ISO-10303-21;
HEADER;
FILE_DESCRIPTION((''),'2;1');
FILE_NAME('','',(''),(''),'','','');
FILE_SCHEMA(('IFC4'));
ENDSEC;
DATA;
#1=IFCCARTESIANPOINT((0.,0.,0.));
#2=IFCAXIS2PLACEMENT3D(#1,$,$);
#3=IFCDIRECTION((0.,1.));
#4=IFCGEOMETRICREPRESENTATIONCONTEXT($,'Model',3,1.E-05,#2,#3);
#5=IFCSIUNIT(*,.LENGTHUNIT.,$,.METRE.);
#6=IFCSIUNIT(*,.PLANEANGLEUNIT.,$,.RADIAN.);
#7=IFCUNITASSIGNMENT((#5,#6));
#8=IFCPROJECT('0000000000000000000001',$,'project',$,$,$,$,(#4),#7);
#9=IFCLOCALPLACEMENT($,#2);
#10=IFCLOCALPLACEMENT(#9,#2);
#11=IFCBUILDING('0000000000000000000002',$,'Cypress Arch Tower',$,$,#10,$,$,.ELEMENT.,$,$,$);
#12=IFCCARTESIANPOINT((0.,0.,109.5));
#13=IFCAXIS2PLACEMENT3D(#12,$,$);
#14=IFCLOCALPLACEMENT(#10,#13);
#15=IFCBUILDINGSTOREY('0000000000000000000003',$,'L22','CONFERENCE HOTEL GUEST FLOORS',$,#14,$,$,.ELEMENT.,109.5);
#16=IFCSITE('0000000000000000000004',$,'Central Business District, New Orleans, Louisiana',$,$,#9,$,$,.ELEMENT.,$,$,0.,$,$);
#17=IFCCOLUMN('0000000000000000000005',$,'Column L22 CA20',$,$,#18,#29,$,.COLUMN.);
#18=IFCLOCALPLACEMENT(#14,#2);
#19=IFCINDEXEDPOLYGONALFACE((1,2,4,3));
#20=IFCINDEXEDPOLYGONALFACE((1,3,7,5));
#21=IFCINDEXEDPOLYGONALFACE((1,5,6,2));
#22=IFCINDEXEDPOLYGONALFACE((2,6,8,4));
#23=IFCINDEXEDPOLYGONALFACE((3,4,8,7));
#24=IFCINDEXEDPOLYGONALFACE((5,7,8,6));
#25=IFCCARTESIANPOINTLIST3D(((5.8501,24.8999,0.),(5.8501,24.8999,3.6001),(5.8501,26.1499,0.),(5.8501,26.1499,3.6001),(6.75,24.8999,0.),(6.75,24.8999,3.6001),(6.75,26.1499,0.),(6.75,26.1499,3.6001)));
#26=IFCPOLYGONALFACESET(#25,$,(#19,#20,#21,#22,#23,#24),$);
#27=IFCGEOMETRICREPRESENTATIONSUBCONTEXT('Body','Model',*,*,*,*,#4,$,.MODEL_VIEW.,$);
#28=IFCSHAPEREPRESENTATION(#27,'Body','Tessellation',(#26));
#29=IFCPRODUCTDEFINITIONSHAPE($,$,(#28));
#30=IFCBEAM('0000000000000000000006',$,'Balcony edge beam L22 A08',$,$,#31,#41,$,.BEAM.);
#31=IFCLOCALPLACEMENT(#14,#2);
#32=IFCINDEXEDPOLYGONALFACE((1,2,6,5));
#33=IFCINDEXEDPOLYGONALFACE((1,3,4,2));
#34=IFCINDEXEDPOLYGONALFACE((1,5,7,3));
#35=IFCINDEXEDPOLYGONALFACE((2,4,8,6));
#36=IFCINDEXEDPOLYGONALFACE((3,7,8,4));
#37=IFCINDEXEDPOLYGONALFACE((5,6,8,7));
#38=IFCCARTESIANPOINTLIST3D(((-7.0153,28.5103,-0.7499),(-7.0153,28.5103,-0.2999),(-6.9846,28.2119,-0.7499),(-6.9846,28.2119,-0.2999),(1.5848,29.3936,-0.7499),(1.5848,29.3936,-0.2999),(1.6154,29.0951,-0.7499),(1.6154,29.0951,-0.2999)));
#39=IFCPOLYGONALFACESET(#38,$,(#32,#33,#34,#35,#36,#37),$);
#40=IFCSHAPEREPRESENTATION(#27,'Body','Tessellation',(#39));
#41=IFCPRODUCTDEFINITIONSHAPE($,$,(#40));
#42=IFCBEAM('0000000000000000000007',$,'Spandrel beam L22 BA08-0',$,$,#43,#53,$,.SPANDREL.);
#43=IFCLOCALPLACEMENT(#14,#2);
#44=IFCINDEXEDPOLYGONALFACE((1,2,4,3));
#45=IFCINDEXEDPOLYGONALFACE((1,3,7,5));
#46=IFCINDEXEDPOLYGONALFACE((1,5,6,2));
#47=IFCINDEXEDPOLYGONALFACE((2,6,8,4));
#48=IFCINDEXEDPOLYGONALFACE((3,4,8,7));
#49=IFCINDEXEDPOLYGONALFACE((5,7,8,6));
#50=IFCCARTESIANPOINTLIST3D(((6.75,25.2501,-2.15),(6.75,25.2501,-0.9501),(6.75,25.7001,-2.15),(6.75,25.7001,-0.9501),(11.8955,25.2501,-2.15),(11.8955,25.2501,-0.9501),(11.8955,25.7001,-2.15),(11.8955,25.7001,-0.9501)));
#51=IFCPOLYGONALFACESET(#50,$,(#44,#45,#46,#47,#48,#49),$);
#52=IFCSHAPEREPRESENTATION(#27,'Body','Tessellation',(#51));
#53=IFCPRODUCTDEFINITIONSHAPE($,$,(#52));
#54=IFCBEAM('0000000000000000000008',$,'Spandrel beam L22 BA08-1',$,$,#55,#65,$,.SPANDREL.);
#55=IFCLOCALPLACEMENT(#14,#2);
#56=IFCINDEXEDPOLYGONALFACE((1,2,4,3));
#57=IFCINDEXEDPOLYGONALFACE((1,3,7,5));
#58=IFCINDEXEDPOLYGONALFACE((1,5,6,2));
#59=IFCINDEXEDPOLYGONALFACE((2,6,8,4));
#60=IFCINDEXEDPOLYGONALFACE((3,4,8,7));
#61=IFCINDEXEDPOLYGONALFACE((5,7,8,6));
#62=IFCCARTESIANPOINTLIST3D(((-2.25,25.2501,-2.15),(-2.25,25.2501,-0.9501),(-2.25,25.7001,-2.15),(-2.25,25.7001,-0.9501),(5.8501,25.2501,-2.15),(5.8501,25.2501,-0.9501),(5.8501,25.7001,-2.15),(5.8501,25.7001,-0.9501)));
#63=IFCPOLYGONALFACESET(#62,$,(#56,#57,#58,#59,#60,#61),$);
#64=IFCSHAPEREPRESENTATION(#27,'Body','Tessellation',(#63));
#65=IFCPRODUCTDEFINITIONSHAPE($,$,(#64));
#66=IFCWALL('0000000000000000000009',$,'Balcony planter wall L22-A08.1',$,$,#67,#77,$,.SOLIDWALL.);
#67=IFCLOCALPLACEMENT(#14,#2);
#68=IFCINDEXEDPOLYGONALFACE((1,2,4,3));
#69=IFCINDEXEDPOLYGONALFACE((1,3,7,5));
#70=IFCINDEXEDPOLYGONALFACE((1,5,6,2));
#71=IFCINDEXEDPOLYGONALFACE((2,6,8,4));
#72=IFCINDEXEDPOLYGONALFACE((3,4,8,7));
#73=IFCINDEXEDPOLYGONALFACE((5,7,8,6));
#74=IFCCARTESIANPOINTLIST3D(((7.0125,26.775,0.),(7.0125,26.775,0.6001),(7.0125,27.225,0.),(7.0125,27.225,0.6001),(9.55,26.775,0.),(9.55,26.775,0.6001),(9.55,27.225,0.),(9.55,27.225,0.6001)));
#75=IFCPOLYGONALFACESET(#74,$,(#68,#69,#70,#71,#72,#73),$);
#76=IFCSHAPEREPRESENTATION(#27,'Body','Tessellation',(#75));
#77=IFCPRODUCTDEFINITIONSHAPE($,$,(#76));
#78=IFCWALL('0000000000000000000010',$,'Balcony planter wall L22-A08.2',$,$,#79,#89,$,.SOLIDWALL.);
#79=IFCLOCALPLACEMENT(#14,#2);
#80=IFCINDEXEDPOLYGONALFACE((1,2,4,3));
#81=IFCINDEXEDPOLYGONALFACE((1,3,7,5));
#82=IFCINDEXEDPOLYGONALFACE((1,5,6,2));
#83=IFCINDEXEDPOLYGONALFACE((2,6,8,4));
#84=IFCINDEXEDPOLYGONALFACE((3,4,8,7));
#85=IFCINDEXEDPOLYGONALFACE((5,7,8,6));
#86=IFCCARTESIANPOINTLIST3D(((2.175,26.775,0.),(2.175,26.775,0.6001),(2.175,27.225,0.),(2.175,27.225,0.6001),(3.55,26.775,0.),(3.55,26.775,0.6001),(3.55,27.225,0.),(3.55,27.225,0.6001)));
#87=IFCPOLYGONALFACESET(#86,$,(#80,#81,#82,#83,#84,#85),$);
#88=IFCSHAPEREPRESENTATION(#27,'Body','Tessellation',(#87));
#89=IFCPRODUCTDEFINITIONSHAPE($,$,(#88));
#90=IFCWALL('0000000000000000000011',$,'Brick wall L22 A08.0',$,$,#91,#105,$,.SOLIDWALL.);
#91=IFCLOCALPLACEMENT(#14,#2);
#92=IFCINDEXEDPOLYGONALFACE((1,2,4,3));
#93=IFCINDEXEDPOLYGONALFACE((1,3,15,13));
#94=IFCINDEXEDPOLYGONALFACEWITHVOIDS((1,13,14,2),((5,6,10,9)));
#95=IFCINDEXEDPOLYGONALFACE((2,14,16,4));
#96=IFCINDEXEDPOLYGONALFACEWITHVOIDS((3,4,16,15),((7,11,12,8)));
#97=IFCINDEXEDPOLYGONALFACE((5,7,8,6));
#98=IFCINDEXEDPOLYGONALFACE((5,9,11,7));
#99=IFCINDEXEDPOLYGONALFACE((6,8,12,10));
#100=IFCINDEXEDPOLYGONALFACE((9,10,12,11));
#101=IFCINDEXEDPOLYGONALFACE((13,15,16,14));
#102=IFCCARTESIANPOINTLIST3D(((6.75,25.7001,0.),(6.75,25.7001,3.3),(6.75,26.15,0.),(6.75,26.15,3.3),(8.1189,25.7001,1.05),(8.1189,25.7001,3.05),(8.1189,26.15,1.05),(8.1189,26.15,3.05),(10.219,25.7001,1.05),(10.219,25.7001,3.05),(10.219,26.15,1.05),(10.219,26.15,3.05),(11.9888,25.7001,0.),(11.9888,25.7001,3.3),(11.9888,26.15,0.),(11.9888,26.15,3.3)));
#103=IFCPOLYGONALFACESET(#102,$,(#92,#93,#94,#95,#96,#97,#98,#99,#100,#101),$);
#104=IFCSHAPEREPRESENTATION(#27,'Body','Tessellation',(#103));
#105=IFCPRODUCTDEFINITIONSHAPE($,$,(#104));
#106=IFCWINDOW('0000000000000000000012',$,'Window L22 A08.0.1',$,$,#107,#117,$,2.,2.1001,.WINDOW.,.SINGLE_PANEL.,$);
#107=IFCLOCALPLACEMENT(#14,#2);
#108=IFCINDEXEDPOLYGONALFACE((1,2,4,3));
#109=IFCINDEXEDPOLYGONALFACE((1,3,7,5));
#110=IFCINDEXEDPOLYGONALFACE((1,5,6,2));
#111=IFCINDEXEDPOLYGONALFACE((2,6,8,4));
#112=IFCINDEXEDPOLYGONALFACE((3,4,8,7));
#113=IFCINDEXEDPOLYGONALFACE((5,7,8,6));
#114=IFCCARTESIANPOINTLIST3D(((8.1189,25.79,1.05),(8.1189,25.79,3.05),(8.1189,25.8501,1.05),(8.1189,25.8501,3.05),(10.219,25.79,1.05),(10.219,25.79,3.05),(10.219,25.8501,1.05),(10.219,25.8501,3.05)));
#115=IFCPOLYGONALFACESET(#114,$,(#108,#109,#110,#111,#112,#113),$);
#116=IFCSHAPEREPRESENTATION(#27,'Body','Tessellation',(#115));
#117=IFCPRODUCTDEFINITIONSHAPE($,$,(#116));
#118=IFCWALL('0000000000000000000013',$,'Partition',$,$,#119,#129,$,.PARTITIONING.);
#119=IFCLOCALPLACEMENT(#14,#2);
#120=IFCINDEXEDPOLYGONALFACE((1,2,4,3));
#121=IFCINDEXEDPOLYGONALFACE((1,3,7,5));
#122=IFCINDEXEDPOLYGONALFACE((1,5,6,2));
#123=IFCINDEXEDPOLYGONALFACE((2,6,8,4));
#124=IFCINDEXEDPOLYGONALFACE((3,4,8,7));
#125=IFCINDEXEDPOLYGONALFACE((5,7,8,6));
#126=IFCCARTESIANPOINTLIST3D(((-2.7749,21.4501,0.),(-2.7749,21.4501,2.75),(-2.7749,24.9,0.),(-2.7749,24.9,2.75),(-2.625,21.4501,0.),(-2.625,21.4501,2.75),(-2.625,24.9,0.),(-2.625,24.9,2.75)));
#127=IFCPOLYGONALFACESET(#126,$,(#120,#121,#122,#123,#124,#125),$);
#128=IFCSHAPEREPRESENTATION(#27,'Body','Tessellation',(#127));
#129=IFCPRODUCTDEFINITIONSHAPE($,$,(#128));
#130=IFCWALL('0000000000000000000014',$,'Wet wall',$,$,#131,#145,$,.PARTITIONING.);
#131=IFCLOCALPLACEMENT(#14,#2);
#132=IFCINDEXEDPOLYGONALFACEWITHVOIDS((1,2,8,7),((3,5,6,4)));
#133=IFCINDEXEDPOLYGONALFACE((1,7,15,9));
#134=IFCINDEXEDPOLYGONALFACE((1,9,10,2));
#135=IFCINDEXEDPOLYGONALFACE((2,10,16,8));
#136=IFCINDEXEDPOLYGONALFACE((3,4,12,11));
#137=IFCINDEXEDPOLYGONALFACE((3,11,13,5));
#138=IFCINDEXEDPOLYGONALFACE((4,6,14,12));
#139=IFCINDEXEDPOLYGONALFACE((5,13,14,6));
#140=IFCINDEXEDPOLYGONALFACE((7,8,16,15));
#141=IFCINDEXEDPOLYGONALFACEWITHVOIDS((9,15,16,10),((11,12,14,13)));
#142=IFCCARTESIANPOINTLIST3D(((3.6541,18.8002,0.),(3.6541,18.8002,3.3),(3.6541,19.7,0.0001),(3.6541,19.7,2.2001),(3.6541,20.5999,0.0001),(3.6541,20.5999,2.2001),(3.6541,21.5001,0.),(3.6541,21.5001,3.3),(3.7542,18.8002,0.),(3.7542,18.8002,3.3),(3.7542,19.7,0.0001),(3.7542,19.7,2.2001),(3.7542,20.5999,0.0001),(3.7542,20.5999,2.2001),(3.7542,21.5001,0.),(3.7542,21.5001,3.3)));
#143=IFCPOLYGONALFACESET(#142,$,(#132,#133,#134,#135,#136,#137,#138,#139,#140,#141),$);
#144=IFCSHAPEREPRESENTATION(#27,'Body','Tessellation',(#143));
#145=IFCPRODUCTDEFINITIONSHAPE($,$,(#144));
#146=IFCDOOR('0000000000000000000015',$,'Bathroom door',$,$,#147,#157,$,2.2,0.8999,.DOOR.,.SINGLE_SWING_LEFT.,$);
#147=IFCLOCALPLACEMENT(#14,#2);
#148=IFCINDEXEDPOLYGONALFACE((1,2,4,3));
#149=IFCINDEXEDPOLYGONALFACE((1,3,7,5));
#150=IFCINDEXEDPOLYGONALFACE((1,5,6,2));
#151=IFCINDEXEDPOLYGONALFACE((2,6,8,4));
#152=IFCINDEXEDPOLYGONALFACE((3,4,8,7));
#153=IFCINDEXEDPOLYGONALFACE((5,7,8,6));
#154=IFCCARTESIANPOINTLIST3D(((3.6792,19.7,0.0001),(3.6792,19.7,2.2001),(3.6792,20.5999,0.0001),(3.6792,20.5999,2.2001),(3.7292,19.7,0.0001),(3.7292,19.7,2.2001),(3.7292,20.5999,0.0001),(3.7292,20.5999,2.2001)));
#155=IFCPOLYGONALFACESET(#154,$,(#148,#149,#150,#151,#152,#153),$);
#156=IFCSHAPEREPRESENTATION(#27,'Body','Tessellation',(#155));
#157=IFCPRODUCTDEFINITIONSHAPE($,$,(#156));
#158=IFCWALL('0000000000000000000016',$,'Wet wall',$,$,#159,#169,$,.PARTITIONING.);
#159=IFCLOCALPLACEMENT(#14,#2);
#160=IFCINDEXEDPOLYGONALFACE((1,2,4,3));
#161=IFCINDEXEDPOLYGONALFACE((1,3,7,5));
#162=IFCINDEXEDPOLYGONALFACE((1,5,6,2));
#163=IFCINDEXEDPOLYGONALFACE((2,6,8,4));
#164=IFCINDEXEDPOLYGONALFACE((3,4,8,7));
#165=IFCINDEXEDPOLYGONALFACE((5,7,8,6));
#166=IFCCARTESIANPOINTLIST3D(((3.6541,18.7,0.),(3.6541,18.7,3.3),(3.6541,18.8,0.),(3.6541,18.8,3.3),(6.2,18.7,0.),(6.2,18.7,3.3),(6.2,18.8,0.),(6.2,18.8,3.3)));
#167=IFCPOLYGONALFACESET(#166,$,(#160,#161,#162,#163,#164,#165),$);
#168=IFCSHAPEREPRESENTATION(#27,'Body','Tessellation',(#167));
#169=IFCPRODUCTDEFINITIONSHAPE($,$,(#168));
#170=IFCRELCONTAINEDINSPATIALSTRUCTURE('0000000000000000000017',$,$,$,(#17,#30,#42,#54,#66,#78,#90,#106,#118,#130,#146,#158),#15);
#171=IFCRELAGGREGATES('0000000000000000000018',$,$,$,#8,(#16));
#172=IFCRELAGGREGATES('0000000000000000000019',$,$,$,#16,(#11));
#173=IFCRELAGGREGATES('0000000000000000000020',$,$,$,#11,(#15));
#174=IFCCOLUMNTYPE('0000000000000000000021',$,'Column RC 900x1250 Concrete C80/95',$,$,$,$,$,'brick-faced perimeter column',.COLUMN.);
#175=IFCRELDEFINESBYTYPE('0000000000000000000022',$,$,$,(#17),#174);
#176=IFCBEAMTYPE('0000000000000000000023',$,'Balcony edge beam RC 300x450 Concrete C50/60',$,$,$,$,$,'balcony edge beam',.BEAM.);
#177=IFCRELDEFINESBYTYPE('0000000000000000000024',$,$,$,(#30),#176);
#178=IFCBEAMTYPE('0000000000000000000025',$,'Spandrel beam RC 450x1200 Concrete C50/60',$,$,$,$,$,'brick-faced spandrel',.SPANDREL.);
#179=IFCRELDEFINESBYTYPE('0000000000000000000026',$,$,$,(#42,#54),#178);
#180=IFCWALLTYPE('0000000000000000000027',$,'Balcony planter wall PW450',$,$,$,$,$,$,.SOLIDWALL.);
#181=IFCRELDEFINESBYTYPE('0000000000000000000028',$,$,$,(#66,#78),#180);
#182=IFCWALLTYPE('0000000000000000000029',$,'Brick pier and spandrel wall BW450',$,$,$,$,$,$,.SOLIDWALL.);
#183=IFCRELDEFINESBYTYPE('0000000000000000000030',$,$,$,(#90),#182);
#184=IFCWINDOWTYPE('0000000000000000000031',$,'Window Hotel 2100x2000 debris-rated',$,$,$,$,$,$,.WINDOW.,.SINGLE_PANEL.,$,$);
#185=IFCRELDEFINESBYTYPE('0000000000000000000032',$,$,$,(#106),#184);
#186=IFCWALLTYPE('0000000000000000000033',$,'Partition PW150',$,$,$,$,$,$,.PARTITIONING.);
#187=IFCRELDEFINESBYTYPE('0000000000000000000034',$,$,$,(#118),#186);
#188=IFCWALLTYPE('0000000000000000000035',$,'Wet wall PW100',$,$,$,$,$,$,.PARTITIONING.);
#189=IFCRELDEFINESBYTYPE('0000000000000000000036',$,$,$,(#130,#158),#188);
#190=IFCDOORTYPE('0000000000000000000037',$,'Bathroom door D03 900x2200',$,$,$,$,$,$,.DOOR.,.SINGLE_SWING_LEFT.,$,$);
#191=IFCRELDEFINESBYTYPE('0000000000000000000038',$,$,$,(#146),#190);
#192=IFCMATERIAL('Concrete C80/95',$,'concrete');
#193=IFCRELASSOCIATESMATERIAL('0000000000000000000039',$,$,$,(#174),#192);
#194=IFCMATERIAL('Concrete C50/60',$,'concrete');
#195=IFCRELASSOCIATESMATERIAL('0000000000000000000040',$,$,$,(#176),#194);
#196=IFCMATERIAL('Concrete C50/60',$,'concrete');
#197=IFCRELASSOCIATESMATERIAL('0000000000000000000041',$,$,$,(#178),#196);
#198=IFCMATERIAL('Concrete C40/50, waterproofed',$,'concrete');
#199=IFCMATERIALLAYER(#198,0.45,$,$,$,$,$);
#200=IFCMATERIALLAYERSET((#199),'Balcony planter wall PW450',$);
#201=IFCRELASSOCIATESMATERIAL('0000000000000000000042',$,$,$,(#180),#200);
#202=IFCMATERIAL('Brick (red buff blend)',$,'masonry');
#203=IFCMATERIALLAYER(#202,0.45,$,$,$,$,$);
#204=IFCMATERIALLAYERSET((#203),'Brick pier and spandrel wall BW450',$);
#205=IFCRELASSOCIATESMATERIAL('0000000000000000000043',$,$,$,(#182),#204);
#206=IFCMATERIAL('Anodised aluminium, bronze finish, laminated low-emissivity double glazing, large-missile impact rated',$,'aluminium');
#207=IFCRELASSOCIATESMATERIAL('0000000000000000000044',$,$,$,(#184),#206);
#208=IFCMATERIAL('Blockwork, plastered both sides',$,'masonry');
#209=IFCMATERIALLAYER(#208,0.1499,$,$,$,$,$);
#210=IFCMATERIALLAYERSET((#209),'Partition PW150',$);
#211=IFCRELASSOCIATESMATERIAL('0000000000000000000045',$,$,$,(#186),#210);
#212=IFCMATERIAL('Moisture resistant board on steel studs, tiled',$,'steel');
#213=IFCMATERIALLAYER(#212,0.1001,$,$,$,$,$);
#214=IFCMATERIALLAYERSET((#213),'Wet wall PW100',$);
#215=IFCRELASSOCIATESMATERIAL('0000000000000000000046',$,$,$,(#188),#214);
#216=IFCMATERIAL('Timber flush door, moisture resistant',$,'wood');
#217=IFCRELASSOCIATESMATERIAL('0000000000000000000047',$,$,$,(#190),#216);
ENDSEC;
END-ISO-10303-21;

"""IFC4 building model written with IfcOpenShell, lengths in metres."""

from ifc_helpers import new_model, si_unit, direction, frame, frame_2d, origin, origin_2d, place, context, subcontext, project, spatial, rectangle, extrude, material, layer, layer_set, material_profile, profile_set, type_object, element, fill, save


model = new_model("IFC4")

# Units and contexts
model_context = context("Model", 3, precision=1e-05, world=origin(), true_north=direction((0.0, 1.0)))
body_context = subcontext(model_context, "Body", "Model", "MODEL_VIEW")
ifc_project = project(units=[si_unit("LENGTHUNIT", "METRE"), si_unit("PLANEANGLEUNIT", "RADIAN")], contexts=[model_context])

# Site, building, storey
site_placement = place(None, origin())
site = spatial("IfcSite", under=ifc_project, at=site_placement, Name="Central Business District, New Orleans, Louisiana", CompositionType="ELEMENT", RefElevation=0.0)
building_placement = place(site_placement, origin())
building = spatial("IfcBuilding", under=site, at=building_placement, Name="Cypress Arch Tower", CompositionType="ELEMENT")
storey_placement = place(building_placement, frame((0.0, 0.0, 109.5)))
storey = spatial("IfcBuildingStorey", under=building, at=storey_placement, Name="L22", Description="CONFERENCE HOTEL GUEST FLOORS", CompositionType="ELEMENT", Elevation=109.5)

# Column
ifc_material_1 = material(Name="Concrete C80/95", Category="concrete")
ifc_material_profile_1 = material_profile(ifc_material_1, rectangle(XDim=0.8999, YDim=1.25, at=origin_2d()), Name="RC 900x1250")
ifc_profile_set_1 = profile_set([ifc_material_profile_1], Name="Concrete C80/95")
column_type = type_object("IfcColumnType", Name="Column RC 900x1250 Concrete C80/95", ElementType="brick-faced perimeter column", PredefinedType="COLUMN", material=ifc_profile_set_1)
column_placement = place(storey_placement, frame((6.3, 25.5249, 0.0), z_axis=(0.0, 0.0, 1.0), x_axis=(-1.0, 0.0, 0.0)))
element("IfcColumn", 1, at=column_placement, inside=storey, type_object=column_type, Name="Column L22 CA20", PredefinedType="COLUMN", context=body_context, shape_type="SweptSolid", body=[
    extrude(rectangle(XDim=0.8999, YDim=1.25, at=origin_2d()), origin(), (0.0, 0.0, 1.0), 3.6001),
])

# Beams
ifc_material_2 = material(Name="Concrete C50/60", Category="concrete")
ifc_material_profile_2 = material_profile(ifc_material_2, rectangle(XDim=0.3, YDim=0.45, at=origin_2d()), Name="RC 300x450")
ifc_profile_set_2 = profile_set([ifc_material_profile_2], Name="Concrete C50/60")
beam_type_1 = type_object("IfcBeamType", Name="Balcony edge beam RC 300x450 Concrete C50/60", ElementType="balcony edge beam", PredefinedType="BEAM", material=ifc_profile_set_2)
beam_1_placement = place(storey_placement, frame((1.6001, 29.2444, -0.5249), z_axis=(-0.994767, -0.102171, 0.0), x_axis=(0.102171, -0.994767, 0.0)))
element("IfcBeam", 2, at=beam_1_placement, inside=storey, type_object=beam_type_1, Name="Balcony edge beam L22 A08", PredefinedType="BEAM", context=body_context, shape_type="SweptSolid", body=[
    extrude(rectangle(XDim=0.3, YDim=0.45, at=origin_2d()), origin(), (0.0, 0.0, 1.0), 8.6453),
])
ifc_material_3 = material(Name="Concrete C50/60", Category="concrete")
ifc_material_profile_3 = material_profile(ifc_material_3, rectangle(XDim=0.45, YDim=1.2, at=origin_2d()), Name="RC 450x1200")
ifc_profile_set_3 = profile_set([ifc_material_profile_3], Name="Concrete C50/60")
beam_type_2 = type_object("IfcBeamType", Name="Spandrel beam RC 450x1200 Concrete C50/60", ElementType="brick-faced spandrel", PredefinedType="SPANDREL", material=ifc_profile_set_3)
beam_2_placement = place(storey_placement, frame((11.8955, 25.4751, -1.55), z_axis=(-1.0, 0.0, 0.0), x_axis=(0.0, -1.0, 0.0)))
element("IfcBeam", 3, at=beam_2_placement, inside=storey, type_object=beam_type_2, Name="Spandrel beam L22 BA08-0", PredefinedType="SPANDREL", context=body_context, shape_type="SweptSolid", body=[
    extrude(rectangle(XDim=0.45, YDim=1.2, at=origin_2d()), origin(), (0.0, 0.0, 1.0), 5.1455),
])
beam_3_placement = place(storey_placement, frame((5.8501, 25.4751, -1.55), z_axis=(-1.0, 0.0, 0.0), x_axis=(0.0, -1.0, 0.0)))
element("IfcBeam", 4, at=beam_3_placement, inside=storey, type_object=beam_type_2, Name="Spandrel beam L22 BA08-1", PredefinedType="SPANDREL", context=body_context, shape_type="SweptSolid", body=[
    extrude(rectangle(XDim=0.45, YDim=1.2, at=origin_2d()), origin(), (0.0, 0.0, 1.0), 8.1001),
])

# Walls
ifc_material_4 = material(Name="Concrete C40/50, waterproofed", Category="concrete")
ifc_layer_1 = layer(ifc_material_4, 0.45)
ifc_layer_set_1 = layer_set([ifc_layer_1], Name="Balcony planter wall PW450")
wall_type_1 = type_object("IfcWallType", Name="Balcony planter wall PW450", PredefinedType="SOLIDWALL", material=ifc_layer_set_1)
wall_1_placement = place(storey_placement, frame((9.55, 27.0, 0.0), z_axis=(0.0, 0.0, 1.0), x_axis=(-1.0, 0.0, 0.0)))
element("IfcWall", 5, at=wall_1_placement, inside=storey, type_object=wall_type_1, Name="Balcony planter wall L22-A08.1", PredefinedType="SOLIDWALL", context=body_context, shape_type="SweptSolid", body=[
    extrude(rectangle(XDim=2.5376, YDim=0.45, at=frame_2d((1.2688, 0.0))), origin(), (0.0, 0.0, 1.0), 0.6001),
])
wall_2_placement = place(storey_placement, frame((3.55, 27.0, 0.0), z_axis=(0.0, 0.0, 1.0), x_axis=(-1.0, 0.0, 0.0)))
element("IfcWall", 6, at=wall_2_placement, inside=storey, type_object=wall_type_1, Name="Balcony planter wall L22-A08.2", PredefinedType="SOLIDWALL", context=body_context, shape_type="SweptSolid", body=[
    extrude(rectangle(XDim=1.375, YDim=0.45, at=frame_2d((0.6875, 0.0))), origin(), (0.0, 0.0, 1.0), 0.6001),
])

# Wall, opening, window
ifc_material_5 = material(Name="Brick (red buff blend)", Category="masonry")
ifc_layer_2 = layer(ifc_material_5, 0.45)
ifc_layer_set_2 = layer_set([ifc_layer_2], Name="Brick pier and spandrel wall BW450")
wall_type_2 = type_object("IfcWallType", Name="Brick pier and spandrel wall BW450", PredefinedType="SOLIDWALL", material=ifc_layer_set_2)
wall_3_placement = place(storey_placement, frame((11.9888, 25.925, 0.0), z_axis=(0.0, 0.0, 1.0), x_axis=(-1.0, 0.0, 0.0)))
wall_3 = element("IfcWall", 7, at=wall_3_placement, inside=storey, type_object=wall_type_2, Name="Brick wall L22 A08.0", PredefinedType="SOLIDWALL", context=body_context, shape_type="SweptSolid", body=[
    extrude(rectangle(XDim=5.2388, YDim=0.45, at=frame_2d((2.6194, 0.0))), origin(), (0.0, 0.0, 1.0), 3.3),
])
opening_1_placement = place(wall_3_placement, frame((1.7698, 0.0, 1.05)))
opening_1 = element("IfcOpeningElement", 8, at=opening_1_placement, cuts=wall_3, PredefinedType="OPENING", context=body_context, shape_type="SweptSolid", body=[
    extrude(rectangle(XDim=2.1001, YDim=2.0, at=frame_2d((1.05, 1.0))), frame((0.0, 0.2349, 0.0), z_axis=(0.0, -1.0, 0.0), x_axis=(1.0, 0.0, 0.0)), (0.0, 0.0, 1.0), 0.47),
])
ifc_material_6 = material(Name="Anodised aluminium, bronze finish, laminated low-emissivity double glazing, large-missile impact rated", Category="aluminium")
window_type_1 = type_object("IfcWindowType", Name="Window Hotel 2100x2000 debris-rated", PartitioningType="SINGLE_PANEL", PredefinedType="WINDOW", material=ifc_material_6)
window_1_placement = place(opening_1_placement, origin())
window_1 = element("IfcWindow", 9, at=window_1_placement, inside=storey, type_object=window_type_1, Name="Window L22 A08.0.1", OverallHeight=2.0, OverallWidth=2.1001, PartitioningType="SINGLE_PANEL", PredefinedType="WINDOW", context=body_context, shape_type="SweptSolid", body=[
    extrude(rectangle(XDim=2.1001, YDim=2.0, at=frame_2d((1.05, 1.0))), frame((0.0, 0.135, 0.0), z_axis=(0.0, -1.0, 0.0), x_axis=(1.0, 0.0, 0.0)), (0.0, 0.0, 1.0), 0.0601),
])
fill(opening_1, window_1)

# Wall
ifc_material_7 = material(Name="Blockwork, plastered both sides", Category="masonry")
ifc_layer_3 = layer(ifc_material_7, 0.1499)
ifc_layer_set_3 = layer_set([ifc_layer_3], Name="Partition PW150")
wall_type_3 = type_object("IfcWallType", Name="Partition PW150", PredefinedType="PARTITIONING", material=ifc_layer_set_3)
wall_4_placement = place(storey_placement, frame((-2.7, 21.45, 0.0), z_axis=(0.0, 0.0, 1.0), x_axis=(0.0, 1.0, 0.0)))
element("IfcWall", 10, at=wall_4_placement, inside=storey, type_object=wall_type_3, Name="Partition", PredefinedType="PARTITIONING", context=body_context, shape_type="SweptSolid", body=[
    extrude(rectangle(XDim=3.45, YDim=0.1499, at=frame_2d((1.7251, 0.0))), origin(), (0.0, 0.0, 1.0), 2.75),
])

# Wall, opening, door
ifc_material_8 = material(Name="Moisture resistant board on steel studs, tiled", Category="steel")
ifc_layer_4 = layer(ifc_material_8, 0.1001)
ifc_layer_set_4 = layer_set([ifc_layer_4], Name="Wet wall PW100")
wall_type_4 = type_object("IfcWallType", Name="Wet wall PW100", PredefinedType="PARTITIONING", material=ifc_layer_set_4)
wall_5_placement = place(storey_placement, frame((3.7041, 18.8, 0.0), z_axis=(0.0, 0.0, 1.0), x_axis=(0.0, 1.0, 0.0)))
wall_5 = element("IfcWall", 11, at=wall_5_placement, inside=storey, type_object=wall_type_4, Name="Wet wall", PredefinedType="PARTITIONING", context=body_context, shape_type="SweptSolid", body=[
    extrude(rectangle(XDim=2.7, YDim=0.1001, at=frame_2d((1.3501, 0.0))), origin(), (0.0, 0.0, 1.0), 3.3),
])
opening_2_placement = place(wall_5_placement, frame((0.8999, 0.0, 0.0)))
opening_2 = element("IfcOpeningElement", 12, at=opening_2_placement, cuts=wall_5, PredefinedType="OPENING", context=body_context, shape_type="SweptSolid", body=[
    extrude(rectangle(XDim=0.8999, YDim=2.2, at=frame_2d((0.45, 1.1001))), frame((0.0, 0.0601, 0.0), z_axis=(0.0, -1.0, 0.0), x_axis=(1.0, 0.0, 0.0)), (0.0, 0.0, 1.0), 0.1201),
])
ifc_material_9 = material(Name="Timber flush door, moisture resistant", Category="wood")
door_type_1 = type_object("IfcDoorType", Name="Bathroom door D03 900x2200", OperationType="SINGLE_SWING_LEFT", PredefinedType="DOOR", material=ifc_material_9)
door_1_placement = place(opening_2_placement, origin())
door_1 = element("IfcDoor", 13, at=door_1_placement, inside=storey, type_object=door_type_1, Name="Bathroom door", OperationType="SINGLE_SWING_LEFT", OverallHeight=2.2, OverallWidth=0.8999, PredefinedType="DOOR", context=body_context, shape_type="SweptSolid", body=[
    extrude(rectangle(XDim=0.8999, YDim=2.2, at=frame_2d((0.45, 1.1001))), frame((0.0, 0.0249, 0.0), z_axis=(0.0, -1.0, 0.0), x_axis=(1.0, 0.0, 0.0)), (0.0, 0.0, 1.0), 0.05),
])
fill(opening_2, door_1)

# Wall
for number, where, z_axis, x_axis, name in (
    (14, (3.6541, 18.75, 0.0), (0.0, 0.0, 1.0), (1.0, 0.0, 0.0), "Wet wall"),
):
    element("IfcWall", number, at=place(storey_placement, frame(where, z_axis=z_axis, x_axis=x_axis)), inside=storey, type_object=wall_type_4, Name=name, PredefinedType="PARTITIONING", context=body_context, shape_type="SweptSolid", body=[
        extrude(rectangle(XDim=2.5459, YDim=0.1001, at=frame_2d((1.2729, 0.0))), origin(), (0.0, 0.0, 1.0), 3.3),
    ])

save(model, "model.ifc")
